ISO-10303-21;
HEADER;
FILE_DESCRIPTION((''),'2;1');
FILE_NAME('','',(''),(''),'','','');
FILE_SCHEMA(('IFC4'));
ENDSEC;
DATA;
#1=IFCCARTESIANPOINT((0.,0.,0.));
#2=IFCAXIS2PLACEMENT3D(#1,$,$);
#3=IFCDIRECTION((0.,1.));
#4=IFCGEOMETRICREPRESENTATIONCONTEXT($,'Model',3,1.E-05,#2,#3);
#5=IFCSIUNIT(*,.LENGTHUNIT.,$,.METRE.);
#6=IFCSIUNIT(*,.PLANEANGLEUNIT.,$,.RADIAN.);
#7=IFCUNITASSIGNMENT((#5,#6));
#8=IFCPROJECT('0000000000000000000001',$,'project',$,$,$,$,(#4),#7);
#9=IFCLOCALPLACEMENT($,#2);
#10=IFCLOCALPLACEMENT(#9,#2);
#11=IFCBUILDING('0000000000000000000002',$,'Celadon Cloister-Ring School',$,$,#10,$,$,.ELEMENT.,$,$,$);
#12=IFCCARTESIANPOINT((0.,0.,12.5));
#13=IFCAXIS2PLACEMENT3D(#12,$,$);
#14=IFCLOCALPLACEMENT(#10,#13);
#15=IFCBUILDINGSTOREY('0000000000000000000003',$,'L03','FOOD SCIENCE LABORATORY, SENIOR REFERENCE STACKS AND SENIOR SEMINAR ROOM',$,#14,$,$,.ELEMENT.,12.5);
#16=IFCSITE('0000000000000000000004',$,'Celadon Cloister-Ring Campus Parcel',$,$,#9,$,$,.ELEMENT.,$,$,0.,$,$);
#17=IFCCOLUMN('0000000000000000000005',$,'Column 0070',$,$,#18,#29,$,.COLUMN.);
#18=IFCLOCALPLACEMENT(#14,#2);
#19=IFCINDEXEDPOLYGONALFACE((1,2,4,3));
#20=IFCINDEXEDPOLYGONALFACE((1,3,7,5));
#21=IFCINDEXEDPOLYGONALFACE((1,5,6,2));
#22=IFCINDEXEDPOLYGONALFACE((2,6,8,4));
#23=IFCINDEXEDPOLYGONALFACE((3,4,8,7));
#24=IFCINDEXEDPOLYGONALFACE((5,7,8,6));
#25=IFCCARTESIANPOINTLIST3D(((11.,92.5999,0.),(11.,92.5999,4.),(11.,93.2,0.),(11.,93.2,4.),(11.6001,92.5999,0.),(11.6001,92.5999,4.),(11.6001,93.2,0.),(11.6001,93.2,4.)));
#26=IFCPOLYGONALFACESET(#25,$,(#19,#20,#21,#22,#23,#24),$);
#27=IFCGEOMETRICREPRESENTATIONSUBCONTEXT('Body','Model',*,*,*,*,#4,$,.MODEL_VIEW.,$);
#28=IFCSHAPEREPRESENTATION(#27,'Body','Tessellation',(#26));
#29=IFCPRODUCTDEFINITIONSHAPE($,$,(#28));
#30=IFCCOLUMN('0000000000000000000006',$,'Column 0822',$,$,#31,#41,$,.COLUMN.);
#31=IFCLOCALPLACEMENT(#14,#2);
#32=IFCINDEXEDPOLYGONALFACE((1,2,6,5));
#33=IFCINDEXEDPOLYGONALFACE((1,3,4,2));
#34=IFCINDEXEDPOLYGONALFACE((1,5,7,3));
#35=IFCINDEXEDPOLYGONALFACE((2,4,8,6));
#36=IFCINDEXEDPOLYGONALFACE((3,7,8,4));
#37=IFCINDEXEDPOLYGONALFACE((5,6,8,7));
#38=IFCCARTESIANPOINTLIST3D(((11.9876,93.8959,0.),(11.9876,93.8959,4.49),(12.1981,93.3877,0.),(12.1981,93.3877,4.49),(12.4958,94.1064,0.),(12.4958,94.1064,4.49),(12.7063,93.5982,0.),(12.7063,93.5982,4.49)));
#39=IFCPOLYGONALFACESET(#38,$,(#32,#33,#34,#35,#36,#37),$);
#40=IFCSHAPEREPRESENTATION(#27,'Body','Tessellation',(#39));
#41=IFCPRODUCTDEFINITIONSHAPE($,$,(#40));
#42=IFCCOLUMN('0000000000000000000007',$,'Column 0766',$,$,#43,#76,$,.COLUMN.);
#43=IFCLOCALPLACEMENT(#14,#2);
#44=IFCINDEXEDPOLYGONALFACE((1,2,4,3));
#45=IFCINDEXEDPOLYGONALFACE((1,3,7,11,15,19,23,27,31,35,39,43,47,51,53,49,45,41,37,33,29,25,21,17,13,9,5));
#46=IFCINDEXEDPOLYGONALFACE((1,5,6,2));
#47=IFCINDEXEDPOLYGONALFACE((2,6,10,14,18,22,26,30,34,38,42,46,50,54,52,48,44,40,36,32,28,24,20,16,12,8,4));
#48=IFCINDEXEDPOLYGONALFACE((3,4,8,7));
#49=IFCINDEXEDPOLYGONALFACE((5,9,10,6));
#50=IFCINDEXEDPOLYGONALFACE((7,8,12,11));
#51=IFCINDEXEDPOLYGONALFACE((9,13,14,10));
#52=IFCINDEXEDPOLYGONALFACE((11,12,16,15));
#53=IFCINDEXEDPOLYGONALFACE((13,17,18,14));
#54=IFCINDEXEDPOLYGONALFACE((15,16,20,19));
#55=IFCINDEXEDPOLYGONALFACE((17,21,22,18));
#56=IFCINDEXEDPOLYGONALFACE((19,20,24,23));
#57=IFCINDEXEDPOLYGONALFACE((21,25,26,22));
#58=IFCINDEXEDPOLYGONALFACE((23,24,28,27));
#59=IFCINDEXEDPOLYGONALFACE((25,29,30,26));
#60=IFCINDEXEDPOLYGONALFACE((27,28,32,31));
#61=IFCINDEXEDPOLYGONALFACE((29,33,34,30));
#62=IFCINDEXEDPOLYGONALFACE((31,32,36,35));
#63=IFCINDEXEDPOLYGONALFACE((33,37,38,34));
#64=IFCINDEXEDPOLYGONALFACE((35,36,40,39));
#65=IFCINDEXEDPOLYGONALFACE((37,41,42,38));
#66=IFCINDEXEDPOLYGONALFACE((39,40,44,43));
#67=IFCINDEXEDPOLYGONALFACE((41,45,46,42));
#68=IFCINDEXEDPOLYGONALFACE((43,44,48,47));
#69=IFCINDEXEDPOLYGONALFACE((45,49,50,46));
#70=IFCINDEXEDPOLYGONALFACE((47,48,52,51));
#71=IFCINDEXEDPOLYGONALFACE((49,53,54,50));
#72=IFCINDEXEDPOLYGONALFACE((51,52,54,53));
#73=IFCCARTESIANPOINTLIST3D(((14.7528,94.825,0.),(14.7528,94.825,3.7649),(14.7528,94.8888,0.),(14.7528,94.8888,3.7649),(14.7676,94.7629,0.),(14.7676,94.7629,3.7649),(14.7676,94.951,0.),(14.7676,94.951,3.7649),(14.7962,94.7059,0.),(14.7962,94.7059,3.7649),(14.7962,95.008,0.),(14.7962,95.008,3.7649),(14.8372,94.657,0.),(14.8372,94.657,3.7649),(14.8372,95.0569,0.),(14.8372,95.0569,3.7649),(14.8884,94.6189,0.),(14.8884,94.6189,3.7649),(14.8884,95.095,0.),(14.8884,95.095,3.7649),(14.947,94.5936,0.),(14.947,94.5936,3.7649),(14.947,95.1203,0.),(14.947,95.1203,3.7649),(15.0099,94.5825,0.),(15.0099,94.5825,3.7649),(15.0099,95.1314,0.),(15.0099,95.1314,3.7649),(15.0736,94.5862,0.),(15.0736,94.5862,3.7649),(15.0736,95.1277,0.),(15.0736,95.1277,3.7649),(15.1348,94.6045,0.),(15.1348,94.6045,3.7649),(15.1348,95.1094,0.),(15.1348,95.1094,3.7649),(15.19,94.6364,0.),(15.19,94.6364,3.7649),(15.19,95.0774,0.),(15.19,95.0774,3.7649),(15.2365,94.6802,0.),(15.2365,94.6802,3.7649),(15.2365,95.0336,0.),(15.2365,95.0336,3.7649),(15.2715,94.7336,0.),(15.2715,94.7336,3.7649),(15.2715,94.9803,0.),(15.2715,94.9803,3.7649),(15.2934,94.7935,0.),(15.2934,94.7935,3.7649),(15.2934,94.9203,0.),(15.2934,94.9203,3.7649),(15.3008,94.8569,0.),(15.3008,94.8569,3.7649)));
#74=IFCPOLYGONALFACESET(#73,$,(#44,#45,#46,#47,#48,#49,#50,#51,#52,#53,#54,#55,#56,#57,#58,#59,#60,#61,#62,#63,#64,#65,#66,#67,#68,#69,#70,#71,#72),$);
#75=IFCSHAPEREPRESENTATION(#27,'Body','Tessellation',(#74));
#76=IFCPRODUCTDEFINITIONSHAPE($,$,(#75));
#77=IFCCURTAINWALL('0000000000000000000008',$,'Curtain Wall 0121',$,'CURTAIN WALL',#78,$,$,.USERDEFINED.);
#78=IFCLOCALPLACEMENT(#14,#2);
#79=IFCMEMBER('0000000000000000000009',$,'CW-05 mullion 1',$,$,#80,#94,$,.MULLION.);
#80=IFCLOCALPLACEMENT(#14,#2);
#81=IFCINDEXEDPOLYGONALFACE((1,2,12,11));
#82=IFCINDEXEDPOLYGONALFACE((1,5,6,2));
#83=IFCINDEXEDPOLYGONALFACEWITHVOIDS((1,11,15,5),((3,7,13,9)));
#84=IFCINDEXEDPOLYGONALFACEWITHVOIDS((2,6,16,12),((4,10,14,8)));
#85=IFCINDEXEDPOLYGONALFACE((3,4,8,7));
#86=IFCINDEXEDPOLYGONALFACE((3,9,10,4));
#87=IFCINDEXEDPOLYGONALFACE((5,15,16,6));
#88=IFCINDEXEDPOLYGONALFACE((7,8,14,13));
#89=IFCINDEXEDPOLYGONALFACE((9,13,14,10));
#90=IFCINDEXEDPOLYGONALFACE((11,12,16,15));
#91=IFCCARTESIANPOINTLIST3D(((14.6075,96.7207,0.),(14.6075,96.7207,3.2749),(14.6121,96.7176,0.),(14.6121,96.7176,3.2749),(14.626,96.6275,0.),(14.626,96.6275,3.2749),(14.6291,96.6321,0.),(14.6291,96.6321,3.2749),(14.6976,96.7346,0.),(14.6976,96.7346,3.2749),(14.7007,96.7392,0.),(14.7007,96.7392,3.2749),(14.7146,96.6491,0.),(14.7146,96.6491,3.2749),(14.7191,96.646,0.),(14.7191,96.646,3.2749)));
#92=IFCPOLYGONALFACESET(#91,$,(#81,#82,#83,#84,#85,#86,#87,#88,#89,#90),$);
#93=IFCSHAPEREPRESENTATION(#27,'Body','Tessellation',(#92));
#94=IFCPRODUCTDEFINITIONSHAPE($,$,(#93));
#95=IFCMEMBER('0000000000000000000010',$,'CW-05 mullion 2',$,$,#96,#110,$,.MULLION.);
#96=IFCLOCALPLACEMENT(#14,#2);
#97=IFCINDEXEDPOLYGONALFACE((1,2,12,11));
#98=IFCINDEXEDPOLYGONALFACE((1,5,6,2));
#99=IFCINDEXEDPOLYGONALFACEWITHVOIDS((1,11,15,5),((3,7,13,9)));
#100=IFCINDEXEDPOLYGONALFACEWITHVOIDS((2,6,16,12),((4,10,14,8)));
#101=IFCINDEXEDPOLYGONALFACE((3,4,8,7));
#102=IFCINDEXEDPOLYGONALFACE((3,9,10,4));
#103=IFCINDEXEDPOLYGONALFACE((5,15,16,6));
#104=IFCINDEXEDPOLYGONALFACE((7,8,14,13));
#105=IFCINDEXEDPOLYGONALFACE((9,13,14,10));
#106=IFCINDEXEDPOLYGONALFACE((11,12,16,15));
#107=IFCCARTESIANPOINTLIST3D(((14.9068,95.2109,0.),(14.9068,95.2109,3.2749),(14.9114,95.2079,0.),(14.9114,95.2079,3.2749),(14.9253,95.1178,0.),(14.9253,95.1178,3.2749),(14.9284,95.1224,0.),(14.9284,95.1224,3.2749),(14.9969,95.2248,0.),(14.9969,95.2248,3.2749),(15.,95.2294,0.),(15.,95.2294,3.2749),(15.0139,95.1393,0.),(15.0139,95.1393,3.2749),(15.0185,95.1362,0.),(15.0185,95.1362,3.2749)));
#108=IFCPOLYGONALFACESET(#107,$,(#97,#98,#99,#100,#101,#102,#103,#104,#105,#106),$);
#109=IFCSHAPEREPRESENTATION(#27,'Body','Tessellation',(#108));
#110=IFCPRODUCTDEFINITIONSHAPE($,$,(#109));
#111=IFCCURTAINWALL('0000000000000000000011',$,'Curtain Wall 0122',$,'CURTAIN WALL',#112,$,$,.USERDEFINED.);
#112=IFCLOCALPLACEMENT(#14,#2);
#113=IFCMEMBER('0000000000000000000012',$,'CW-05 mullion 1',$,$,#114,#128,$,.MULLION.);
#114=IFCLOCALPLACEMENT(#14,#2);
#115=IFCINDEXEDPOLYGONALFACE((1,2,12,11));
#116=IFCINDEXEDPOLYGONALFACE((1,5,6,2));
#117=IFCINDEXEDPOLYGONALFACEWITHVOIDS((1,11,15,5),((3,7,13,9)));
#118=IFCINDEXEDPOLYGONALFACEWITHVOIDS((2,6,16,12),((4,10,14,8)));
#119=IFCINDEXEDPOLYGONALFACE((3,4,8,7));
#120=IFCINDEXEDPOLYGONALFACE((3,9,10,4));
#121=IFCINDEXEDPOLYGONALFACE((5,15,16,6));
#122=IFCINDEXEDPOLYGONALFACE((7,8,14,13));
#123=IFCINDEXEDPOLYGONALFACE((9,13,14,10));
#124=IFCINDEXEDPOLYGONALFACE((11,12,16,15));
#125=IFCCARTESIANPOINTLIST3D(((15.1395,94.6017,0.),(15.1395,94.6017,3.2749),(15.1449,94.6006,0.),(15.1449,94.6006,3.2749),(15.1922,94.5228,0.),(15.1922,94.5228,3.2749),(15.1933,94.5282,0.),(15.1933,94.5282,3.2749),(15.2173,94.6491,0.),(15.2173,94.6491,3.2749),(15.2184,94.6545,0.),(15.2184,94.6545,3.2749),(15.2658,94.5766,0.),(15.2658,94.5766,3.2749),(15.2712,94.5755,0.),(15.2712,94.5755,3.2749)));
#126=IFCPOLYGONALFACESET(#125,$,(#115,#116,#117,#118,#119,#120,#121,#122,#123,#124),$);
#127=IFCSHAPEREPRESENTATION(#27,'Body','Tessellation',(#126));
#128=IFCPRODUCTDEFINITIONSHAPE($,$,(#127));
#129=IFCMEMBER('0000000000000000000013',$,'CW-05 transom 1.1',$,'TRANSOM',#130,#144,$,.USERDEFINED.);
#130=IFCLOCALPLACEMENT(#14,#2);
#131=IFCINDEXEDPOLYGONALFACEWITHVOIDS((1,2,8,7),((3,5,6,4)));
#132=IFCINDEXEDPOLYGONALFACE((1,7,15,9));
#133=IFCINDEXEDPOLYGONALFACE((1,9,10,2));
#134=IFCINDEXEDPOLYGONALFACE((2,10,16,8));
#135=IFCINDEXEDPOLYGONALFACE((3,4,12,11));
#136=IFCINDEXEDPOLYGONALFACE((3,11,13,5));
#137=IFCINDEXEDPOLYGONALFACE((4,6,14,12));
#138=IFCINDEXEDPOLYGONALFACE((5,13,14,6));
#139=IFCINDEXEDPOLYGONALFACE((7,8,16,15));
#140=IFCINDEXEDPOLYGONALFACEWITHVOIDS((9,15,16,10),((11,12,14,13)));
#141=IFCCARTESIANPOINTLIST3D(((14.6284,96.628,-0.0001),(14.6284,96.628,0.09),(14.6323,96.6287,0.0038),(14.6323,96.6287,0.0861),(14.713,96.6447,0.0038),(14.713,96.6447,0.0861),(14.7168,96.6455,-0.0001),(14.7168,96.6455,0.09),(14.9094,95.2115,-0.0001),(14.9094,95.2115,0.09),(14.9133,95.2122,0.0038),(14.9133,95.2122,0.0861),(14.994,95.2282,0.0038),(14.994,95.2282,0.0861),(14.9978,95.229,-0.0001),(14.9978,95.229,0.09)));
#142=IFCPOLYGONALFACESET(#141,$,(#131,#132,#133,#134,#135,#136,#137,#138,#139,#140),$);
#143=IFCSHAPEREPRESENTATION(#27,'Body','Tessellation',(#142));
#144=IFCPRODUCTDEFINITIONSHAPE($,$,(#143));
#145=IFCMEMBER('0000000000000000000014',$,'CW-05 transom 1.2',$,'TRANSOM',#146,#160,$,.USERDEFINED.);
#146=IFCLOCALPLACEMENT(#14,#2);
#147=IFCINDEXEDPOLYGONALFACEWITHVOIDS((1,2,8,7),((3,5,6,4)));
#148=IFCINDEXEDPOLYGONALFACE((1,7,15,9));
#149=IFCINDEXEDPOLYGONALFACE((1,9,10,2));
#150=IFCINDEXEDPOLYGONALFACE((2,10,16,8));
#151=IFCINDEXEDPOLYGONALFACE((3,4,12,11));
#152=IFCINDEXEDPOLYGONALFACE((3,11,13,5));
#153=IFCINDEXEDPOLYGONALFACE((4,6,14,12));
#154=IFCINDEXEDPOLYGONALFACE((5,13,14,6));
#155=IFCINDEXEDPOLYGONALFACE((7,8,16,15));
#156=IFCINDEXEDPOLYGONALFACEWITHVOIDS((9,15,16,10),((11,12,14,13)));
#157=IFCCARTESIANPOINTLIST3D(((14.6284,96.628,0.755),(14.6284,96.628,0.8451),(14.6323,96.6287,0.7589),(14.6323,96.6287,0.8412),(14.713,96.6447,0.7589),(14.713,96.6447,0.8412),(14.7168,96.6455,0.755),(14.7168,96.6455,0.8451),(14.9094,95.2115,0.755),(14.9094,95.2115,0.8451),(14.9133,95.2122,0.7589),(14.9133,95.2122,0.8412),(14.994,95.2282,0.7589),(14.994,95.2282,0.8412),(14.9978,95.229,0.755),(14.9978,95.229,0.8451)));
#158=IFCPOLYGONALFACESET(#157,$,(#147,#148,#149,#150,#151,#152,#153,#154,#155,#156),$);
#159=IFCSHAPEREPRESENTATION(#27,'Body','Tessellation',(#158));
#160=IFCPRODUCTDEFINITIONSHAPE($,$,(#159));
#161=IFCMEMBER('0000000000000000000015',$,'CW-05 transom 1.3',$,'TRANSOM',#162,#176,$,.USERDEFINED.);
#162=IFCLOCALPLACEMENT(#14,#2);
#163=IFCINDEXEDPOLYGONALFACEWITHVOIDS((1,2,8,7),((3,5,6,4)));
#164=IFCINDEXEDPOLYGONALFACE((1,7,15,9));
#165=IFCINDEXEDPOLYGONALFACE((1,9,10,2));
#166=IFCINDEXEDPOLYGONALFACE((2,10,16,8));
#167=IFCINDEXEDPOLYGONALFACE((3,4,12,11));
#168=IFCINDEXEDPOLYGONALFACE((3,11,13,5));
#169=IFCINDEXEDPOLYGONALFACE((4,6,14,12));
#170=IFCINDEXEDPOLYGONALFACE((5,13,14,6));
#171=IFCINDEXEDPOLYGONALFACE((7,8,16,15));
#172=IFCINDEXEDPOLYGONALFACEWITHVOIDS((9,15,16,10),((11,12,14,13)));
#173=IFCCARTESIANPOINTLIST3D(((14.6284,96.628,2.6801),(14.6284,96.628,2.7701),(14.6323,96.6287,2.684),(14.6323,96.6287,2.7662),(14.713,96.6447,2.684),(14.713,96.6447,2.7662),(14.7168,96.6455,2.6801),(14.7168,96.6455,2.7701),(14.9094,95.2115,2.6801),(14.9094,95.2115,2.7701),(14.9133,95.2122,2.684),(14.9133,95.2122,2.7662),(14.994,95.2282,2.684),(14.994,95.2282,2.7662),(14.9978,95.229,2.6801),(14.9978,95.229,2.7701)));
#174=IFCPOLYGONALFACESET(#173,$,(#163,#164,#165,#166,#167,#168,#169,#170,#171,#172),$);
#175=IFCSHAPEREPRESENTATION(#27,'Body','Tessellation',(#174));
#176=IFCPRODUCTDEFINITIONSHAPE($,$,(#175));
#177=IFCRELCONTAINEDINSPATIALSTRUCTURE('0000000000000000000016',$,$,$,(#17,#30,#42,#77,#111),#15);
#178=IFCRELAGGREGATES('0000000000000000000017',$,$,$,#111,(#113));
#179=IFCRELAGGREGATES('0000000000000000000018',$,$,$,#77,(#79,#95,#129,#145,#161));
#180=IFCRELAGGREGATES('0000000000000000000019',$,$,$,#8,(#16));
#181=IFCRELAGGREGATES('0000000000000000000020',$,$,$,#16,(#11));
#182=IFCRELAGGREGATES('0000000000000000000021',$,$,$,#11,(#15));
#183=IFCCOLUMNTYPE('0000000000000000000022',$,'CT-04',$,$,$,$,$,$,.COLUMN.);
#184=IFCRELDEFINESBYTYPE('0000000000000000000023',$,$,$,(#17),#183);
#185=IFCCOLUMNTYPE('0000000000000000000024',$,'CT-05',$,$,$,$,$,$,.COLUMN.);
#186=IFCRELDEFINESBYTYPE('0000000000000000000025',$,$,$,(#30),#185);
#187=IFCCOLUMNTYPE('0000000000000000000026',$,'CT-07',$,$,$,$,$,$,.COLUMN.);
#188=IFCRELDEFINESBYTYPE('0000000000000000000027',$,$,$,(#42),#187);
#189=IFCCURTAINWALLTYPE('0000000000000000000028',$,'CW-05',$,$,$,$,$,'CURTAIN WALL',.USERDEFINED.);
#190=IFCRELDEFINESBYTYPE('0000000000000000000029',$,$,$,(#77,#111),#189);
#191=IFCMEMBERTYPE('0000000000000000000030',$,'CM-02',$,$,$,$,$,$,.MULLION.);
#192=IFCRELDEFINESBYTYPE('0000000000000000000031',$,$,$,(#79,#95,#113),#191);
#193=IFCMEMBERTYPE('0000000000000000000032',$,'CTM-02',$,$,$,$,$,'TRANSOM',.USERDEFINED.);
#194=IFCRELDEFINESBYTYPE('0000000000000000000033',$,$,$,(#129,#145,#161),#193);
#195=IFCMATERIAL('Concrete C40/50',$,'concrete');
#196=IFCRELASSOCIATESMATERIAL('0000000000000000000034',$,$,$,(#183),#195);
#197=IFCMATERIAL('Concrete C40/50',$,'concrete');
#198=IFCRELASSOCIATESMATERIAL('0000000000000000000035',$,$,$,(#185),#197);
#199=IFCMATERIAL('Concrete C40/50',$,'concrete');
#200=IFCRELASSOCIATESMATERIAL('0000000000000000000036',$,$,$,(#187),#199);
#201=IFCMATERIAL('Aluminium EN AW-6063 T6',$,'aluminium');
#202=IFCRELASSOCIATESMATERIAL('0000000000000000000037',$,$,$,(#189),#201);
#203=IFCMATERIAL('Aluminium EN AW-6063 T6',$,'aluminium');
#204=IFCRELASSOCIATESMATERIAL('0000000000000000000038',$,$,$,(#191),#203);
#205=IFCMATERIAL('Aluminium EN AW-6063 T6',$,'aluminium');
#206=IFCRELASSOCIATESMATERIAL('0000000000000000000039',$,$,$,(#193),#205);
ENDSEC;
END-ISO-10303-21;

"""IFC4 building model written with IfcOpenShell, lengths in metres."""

from ifc_helpers import new_model, si_unit, direction, frame, origin, origin_2d, place, context, subcontext, project, spatial, rectangle, hollow_rectangle, circle, extrude, material, material_profile, profile_set, type_object, element, aggregate, save


model = new_model("IFC4")

# Units and contexts
model_context = context("Model", 3, precision=1e-05, world=origin(), true_north=direction((0.0, 1.0)))
body_context = subcontext(model_context, "Body", "Model", "MODEL_VIEW")
ifc_project = project(units=[si_unit("LENGTHUNIT", "METRE"), si_unit("PLANEANGLEUNIT", "RADIAN")], contexts=[model_context])

# Site, building, storey
site_placement = place(None, origin())
site = spatial("IfcSite", under=ifc_project, at=site_placement, Name="Celadon Cloister-Ring Campus Parcel", CompositionType="ELEMENT", RefElevation=0.0)
building_placement = place(site_placement, origin())
building = spatial("IfcBuilding", under=site, at=building_placement, Name="Celadon Cloister-Ring School", CompositionType="ELEMENT")
storey_placement = place(building_placement, frame((0.0, 0.0, 12.5)))
storey = spatial("IfcBuildingStorey", under=building, at=storey_placement, Name="L03", Description="FOOD SCIENCE LABORATORY, SENIOR REFERENCE STACKS AND SENIOR SEMINAR ROOM", CompositionType="ELEMENT", Elevation=12.5)

# Columns
ifc_material_1 = material(Name="Concrete C40/50", Category="concrete")
ifc_material_profile_1 = material_profile(ifc_material_1, rectangle(XDim=0.6001, YDim=0.6001, at=origin_2d()), Name="RC600X600")
ifc_profile_set_1 = profile_set([ifc_material_profile_1], Name="Concrete C40/50")
column_type_1 = type_object("IfcColumnType", Name="CT-04", PredefinedType="COLUMN", material=ifc_profile_set_1)
column_1_placement = place(storey_placement, frame((11.3, 92.8999, 0.0), z_axis=(0.0, 0.0, 1.0), x_axis=(1.0, 0.0, 0.0)))
element("IfcColumn", 1, at=column_1_placement, inside=storey, type_object=column_type_1, Name="Column 0070", PredefinedType="COLUMN", context=body_context, shape_type="SweptSolid", body=[
    extrude(rectangle(XDim=0.6001, YDim=0.6001, at=origin_2d()), origin(), (0.0, 0.0, 1.0), 4.0),
])
ifc_material_2 = material(Name="Concrete C40/50", Category="concrete")
ifc_material_profile_2 = material_profile(ifc_material_2, rectangle(XDim=0.55, YDim=0.55, at=origin_2d()), Name="RC550X550")
ifc_profile_set_2 = profile_set([ifc_material_profile_2], Name="Concrete C40/50")
column_type_2 = type_object("IfcColumnType", Name="CT-05", PredefinedType="COLUMN", material=ifc_profile_set_2)
column_2_placement = place(storey_placement, frame((12.3469, 93.7471, 0.0), z_axis=(0.0, 0.0, 1.0), x_axis=(-0.92388, -0.382683, 0.0)))
element("IfcColumn", 2, at=column_2_placement, inside=storey, type_object=column_type_2, Name="Column 0822", PredefinedType="COLUMN", context=body_context, shape_type="SweptSolid", body=[
    extrude(rectangle(XDim=0.55, YDim=0.55, at=origin_2d()), origin(), (0.0, 0.0, 1.0), 4.49),
])
ifc_material_3 = material(Name="Concrete C40/50", Category="concrete")
ifc_material_profile_3 = material_profile(ifc_material_3, circle(Radius=0.2749, at=origin_2d()), Name="CIRC550")
ifc_profile_set_3 = profile_set([ifc_material_profile_3], Name="Concrete C40/50")
column_type_3 = type_object("IfcColumnType", Name="CT-07", PredefinedType="COLUMN", material=ifc_profile_set_3)
column_3_placement = place(storey_placement, frame((15.0259, 94.8569, 0.0), z_axis=(0.0, 0.0, 1.0), x_axis=(1.0, 0.0, 0.0)))
element("IfcColumn", 3, at=column_3_placement, inside=storey, type_object=column_type_3, Name="Column 0766", PredefinedType="COLUMN", context=body_context, shape_type="SweptSolid", body=[
    extrude(circle(Radius=0.2749, at=origin_2d()), origin(), (0.0, 0.0, 1.0), 3.7649),
])

# Curtain wall, members
ifc_material_4 = material(Name="Aluminium EN AW-6063 T6", Category="aluminium")
curtain_wall_type = type_object("IfcCurtainWallType", Name="CW-05", ElementType="CURTAIN WALL", PredefinedType="USERDEFINED", material=ifc_material_4)
curtain_wall_1_placement = place(storey_placement, origin())
curtain_wall_1 = element("IfcCurtainWall", 4, at=curtain_wall_1_placement, inside=storey, type_object=curtain_wall_type, Name="Curtain Wall 0121", ObjectType="CURTAIN WALL", PredefinedType="USERDEFINED")
ifc_material_5 = material(Name="Aluminium EN AW-6063 T6", Category="aluminium")
ifc_material_profile_4 = material_profile(ifc_material_5, hollow_rectangle(XDim=0.095, YDim=0.095, WallThickness=0.0039, at=origin_2d()), Name="RHS95X95X4")
ifc_profile_set_4 = profile_set([ifc_material_profile_4], Name="Aluminium EN AW-6063 T6")
member_type_1 = type_object("IfcMemberType", Name="CM-02", PredefinedType="MULLION", material=ifc_profile_set_4)
member_1_placement = place(storey_placement, frame((14.6633, 96.6833, 0.0), z_axis=(0.0, 0.0, 1.0), x_axis=(0.980885, 0.194586, 0.0)))
member_1 = element("IfcMember", 5, at=member_1_placement, type_object=member_type_1, Name="CW-05 mullion 1", PredefinedType="MULLION", context=body_context, shape_type="SweptSolid", body=[
    extrude(hollow_rectangle(XDim=0.095, YDim=0.095, WallThickness=0.0039, at=origin_2d()), origin(), (0.0, 0.0, 1.0), 3.2749),
])
member_2_placement = place(storey_placement, frame((14.9626, 95.1736, 0.0), z_axis=(0.0, 0.0, 1.0), x_axis=(0.980885, 0.194586, 0.0)))
member_2 = element("IfcMember", 6, at=member_2_placement, type_object=member_type_1, Name="CW-05 mullion 2", PredefinedType="MULLION", context=body_context, shape_type="SweptSolid", body=[
    extrude(hollow_rectangle(XDim=0.095, YDim=0.095, WallThickness=0.0039, at=origin_2d()), origin(), (0.0, 0.0, 1.0), 3.2749),
])

# Curtain wall, member
curtain_wall_2_placement = place(storey_placement, origin())
curtain_wall_2 = element("IfcCurtainWall", 7, at=curtain_wall_2_placement, inside=storey, type_object=curtain_wall_type, Name="Curtain Wall 0122", ObjectType="CURTAIN WALL", PredefinedType="USERDEFINED")
member_3_placement = place(storey_placement, frame((15.2053, 94.5886, 0.0), z_axis=(0.0, 0.0, 1.0), x_axis=(0.831485, 0.555547, 0.0)))
member_3 = element("IfcMember", 8, at=member_3_placement, type_object=member_type_1, Name="CW-05 mullion 1", PredefinedType="MULLION", context=body_context, shape_type="SweptSolid", body=[
    extrude(hollow_rectangle(XDim=0.095, YDim=0.095, WallThickness=0.0039, at=origin_2d()), origin(), (0.0, 0.0, 1.0), 3.2749),
])

# Members
ifc_material_6 = material(Name="Aluminium EN AW-6063 T6", Category="aluminium")
ifc_material_profile_5 = material_profile(ifc_material_6, hollow_rectangle(XDim=0.0901, YDim=0.0901, WallThickness=0.0039, at=origin_2d()), Name="RHS90X90X4")
ifc_profile_set_5 = profile_set([ifc_material_profile_5], Name="Aluminium EN AW-6063 T6")
member_type_2 = type_object("IfcMemberType", Name="CTM-02", ElementType="TRANSOM", PredefinedType="USERDEFINED", material=ifc_profile_set_5)
member_4_placement = place(storey_placement, frame((14.6726, 96.6367, 0.0449), z_axis=(0.194588, -0.980885, 0.0), x_axis=(0.980885, 0.194588, 0.0)))
member_4 = element("IfcMember", 9, at=member_4_placement, type_object=member_type_2, Name="CW-05 transom 1.1", ObjectType="TRANSOM", PredefinedType="USERDEFINED", context=body_context, shape_type="SweptSolid", body=[
    extrude(hollow_rectangle(XDim=0.0901, YDim=0.0901, WallThickness=0.0039, at=origin_2d()), origin(), (0.0, 0.0, 1.0), 1.4441),
])
member_5_placement = place(storey_placement, frame((14.6726, 96.6367, 0.8), z_axis=(0.194588, -0.980885, 0.0), x_axis=(0.980885, 0.194588, 0.0)))
member_5 = element("IfcMember", 10, at=member_5_placement, type_object=member_type_2, Name="CW-05 transom 1.2", ObjectType="TRANSOM", PredefinedType="USERDEFINED", context=body_context, shape_type="SweptSolid", body=[
    extrude(hollow_rectangle(XDim=0.0901, YDim=0.0901, WallThickness=0.0039, at=origin_2d()), origin(), (0.0, 0.0, 1.0), 1.4441),
])
member_6_placement = place(storey_placement, frame((14.6726, 96.6367, 2.7251), z_axis=(0.194588, -0.980885, 0.0), x_axis=(0.980885, 0.194588, 0.0)))
member_6 = element("IfcMember", 11, at=member_6_placement, type_object=member_type_2, Name="CW-05 transom 1.3", ObjectType="TRANSOM", PredefinedType="USERDEFINED", context=body_context, shape_type="SweptSolid", body=[
    extrude(hollow_rectangle(XDim=0.0901, YDim=0.0901, WallThickness=0.0039, at=origin_2d()), origin(), (0.0, 0.0, 1.0), 1.4441),
])
aggregate(curtain_wall_2, [member_3])

aggregate(curtain_wall_1, [member_1, member_2, member_4, member_5, member_6])

save(model, "model.ifc")
